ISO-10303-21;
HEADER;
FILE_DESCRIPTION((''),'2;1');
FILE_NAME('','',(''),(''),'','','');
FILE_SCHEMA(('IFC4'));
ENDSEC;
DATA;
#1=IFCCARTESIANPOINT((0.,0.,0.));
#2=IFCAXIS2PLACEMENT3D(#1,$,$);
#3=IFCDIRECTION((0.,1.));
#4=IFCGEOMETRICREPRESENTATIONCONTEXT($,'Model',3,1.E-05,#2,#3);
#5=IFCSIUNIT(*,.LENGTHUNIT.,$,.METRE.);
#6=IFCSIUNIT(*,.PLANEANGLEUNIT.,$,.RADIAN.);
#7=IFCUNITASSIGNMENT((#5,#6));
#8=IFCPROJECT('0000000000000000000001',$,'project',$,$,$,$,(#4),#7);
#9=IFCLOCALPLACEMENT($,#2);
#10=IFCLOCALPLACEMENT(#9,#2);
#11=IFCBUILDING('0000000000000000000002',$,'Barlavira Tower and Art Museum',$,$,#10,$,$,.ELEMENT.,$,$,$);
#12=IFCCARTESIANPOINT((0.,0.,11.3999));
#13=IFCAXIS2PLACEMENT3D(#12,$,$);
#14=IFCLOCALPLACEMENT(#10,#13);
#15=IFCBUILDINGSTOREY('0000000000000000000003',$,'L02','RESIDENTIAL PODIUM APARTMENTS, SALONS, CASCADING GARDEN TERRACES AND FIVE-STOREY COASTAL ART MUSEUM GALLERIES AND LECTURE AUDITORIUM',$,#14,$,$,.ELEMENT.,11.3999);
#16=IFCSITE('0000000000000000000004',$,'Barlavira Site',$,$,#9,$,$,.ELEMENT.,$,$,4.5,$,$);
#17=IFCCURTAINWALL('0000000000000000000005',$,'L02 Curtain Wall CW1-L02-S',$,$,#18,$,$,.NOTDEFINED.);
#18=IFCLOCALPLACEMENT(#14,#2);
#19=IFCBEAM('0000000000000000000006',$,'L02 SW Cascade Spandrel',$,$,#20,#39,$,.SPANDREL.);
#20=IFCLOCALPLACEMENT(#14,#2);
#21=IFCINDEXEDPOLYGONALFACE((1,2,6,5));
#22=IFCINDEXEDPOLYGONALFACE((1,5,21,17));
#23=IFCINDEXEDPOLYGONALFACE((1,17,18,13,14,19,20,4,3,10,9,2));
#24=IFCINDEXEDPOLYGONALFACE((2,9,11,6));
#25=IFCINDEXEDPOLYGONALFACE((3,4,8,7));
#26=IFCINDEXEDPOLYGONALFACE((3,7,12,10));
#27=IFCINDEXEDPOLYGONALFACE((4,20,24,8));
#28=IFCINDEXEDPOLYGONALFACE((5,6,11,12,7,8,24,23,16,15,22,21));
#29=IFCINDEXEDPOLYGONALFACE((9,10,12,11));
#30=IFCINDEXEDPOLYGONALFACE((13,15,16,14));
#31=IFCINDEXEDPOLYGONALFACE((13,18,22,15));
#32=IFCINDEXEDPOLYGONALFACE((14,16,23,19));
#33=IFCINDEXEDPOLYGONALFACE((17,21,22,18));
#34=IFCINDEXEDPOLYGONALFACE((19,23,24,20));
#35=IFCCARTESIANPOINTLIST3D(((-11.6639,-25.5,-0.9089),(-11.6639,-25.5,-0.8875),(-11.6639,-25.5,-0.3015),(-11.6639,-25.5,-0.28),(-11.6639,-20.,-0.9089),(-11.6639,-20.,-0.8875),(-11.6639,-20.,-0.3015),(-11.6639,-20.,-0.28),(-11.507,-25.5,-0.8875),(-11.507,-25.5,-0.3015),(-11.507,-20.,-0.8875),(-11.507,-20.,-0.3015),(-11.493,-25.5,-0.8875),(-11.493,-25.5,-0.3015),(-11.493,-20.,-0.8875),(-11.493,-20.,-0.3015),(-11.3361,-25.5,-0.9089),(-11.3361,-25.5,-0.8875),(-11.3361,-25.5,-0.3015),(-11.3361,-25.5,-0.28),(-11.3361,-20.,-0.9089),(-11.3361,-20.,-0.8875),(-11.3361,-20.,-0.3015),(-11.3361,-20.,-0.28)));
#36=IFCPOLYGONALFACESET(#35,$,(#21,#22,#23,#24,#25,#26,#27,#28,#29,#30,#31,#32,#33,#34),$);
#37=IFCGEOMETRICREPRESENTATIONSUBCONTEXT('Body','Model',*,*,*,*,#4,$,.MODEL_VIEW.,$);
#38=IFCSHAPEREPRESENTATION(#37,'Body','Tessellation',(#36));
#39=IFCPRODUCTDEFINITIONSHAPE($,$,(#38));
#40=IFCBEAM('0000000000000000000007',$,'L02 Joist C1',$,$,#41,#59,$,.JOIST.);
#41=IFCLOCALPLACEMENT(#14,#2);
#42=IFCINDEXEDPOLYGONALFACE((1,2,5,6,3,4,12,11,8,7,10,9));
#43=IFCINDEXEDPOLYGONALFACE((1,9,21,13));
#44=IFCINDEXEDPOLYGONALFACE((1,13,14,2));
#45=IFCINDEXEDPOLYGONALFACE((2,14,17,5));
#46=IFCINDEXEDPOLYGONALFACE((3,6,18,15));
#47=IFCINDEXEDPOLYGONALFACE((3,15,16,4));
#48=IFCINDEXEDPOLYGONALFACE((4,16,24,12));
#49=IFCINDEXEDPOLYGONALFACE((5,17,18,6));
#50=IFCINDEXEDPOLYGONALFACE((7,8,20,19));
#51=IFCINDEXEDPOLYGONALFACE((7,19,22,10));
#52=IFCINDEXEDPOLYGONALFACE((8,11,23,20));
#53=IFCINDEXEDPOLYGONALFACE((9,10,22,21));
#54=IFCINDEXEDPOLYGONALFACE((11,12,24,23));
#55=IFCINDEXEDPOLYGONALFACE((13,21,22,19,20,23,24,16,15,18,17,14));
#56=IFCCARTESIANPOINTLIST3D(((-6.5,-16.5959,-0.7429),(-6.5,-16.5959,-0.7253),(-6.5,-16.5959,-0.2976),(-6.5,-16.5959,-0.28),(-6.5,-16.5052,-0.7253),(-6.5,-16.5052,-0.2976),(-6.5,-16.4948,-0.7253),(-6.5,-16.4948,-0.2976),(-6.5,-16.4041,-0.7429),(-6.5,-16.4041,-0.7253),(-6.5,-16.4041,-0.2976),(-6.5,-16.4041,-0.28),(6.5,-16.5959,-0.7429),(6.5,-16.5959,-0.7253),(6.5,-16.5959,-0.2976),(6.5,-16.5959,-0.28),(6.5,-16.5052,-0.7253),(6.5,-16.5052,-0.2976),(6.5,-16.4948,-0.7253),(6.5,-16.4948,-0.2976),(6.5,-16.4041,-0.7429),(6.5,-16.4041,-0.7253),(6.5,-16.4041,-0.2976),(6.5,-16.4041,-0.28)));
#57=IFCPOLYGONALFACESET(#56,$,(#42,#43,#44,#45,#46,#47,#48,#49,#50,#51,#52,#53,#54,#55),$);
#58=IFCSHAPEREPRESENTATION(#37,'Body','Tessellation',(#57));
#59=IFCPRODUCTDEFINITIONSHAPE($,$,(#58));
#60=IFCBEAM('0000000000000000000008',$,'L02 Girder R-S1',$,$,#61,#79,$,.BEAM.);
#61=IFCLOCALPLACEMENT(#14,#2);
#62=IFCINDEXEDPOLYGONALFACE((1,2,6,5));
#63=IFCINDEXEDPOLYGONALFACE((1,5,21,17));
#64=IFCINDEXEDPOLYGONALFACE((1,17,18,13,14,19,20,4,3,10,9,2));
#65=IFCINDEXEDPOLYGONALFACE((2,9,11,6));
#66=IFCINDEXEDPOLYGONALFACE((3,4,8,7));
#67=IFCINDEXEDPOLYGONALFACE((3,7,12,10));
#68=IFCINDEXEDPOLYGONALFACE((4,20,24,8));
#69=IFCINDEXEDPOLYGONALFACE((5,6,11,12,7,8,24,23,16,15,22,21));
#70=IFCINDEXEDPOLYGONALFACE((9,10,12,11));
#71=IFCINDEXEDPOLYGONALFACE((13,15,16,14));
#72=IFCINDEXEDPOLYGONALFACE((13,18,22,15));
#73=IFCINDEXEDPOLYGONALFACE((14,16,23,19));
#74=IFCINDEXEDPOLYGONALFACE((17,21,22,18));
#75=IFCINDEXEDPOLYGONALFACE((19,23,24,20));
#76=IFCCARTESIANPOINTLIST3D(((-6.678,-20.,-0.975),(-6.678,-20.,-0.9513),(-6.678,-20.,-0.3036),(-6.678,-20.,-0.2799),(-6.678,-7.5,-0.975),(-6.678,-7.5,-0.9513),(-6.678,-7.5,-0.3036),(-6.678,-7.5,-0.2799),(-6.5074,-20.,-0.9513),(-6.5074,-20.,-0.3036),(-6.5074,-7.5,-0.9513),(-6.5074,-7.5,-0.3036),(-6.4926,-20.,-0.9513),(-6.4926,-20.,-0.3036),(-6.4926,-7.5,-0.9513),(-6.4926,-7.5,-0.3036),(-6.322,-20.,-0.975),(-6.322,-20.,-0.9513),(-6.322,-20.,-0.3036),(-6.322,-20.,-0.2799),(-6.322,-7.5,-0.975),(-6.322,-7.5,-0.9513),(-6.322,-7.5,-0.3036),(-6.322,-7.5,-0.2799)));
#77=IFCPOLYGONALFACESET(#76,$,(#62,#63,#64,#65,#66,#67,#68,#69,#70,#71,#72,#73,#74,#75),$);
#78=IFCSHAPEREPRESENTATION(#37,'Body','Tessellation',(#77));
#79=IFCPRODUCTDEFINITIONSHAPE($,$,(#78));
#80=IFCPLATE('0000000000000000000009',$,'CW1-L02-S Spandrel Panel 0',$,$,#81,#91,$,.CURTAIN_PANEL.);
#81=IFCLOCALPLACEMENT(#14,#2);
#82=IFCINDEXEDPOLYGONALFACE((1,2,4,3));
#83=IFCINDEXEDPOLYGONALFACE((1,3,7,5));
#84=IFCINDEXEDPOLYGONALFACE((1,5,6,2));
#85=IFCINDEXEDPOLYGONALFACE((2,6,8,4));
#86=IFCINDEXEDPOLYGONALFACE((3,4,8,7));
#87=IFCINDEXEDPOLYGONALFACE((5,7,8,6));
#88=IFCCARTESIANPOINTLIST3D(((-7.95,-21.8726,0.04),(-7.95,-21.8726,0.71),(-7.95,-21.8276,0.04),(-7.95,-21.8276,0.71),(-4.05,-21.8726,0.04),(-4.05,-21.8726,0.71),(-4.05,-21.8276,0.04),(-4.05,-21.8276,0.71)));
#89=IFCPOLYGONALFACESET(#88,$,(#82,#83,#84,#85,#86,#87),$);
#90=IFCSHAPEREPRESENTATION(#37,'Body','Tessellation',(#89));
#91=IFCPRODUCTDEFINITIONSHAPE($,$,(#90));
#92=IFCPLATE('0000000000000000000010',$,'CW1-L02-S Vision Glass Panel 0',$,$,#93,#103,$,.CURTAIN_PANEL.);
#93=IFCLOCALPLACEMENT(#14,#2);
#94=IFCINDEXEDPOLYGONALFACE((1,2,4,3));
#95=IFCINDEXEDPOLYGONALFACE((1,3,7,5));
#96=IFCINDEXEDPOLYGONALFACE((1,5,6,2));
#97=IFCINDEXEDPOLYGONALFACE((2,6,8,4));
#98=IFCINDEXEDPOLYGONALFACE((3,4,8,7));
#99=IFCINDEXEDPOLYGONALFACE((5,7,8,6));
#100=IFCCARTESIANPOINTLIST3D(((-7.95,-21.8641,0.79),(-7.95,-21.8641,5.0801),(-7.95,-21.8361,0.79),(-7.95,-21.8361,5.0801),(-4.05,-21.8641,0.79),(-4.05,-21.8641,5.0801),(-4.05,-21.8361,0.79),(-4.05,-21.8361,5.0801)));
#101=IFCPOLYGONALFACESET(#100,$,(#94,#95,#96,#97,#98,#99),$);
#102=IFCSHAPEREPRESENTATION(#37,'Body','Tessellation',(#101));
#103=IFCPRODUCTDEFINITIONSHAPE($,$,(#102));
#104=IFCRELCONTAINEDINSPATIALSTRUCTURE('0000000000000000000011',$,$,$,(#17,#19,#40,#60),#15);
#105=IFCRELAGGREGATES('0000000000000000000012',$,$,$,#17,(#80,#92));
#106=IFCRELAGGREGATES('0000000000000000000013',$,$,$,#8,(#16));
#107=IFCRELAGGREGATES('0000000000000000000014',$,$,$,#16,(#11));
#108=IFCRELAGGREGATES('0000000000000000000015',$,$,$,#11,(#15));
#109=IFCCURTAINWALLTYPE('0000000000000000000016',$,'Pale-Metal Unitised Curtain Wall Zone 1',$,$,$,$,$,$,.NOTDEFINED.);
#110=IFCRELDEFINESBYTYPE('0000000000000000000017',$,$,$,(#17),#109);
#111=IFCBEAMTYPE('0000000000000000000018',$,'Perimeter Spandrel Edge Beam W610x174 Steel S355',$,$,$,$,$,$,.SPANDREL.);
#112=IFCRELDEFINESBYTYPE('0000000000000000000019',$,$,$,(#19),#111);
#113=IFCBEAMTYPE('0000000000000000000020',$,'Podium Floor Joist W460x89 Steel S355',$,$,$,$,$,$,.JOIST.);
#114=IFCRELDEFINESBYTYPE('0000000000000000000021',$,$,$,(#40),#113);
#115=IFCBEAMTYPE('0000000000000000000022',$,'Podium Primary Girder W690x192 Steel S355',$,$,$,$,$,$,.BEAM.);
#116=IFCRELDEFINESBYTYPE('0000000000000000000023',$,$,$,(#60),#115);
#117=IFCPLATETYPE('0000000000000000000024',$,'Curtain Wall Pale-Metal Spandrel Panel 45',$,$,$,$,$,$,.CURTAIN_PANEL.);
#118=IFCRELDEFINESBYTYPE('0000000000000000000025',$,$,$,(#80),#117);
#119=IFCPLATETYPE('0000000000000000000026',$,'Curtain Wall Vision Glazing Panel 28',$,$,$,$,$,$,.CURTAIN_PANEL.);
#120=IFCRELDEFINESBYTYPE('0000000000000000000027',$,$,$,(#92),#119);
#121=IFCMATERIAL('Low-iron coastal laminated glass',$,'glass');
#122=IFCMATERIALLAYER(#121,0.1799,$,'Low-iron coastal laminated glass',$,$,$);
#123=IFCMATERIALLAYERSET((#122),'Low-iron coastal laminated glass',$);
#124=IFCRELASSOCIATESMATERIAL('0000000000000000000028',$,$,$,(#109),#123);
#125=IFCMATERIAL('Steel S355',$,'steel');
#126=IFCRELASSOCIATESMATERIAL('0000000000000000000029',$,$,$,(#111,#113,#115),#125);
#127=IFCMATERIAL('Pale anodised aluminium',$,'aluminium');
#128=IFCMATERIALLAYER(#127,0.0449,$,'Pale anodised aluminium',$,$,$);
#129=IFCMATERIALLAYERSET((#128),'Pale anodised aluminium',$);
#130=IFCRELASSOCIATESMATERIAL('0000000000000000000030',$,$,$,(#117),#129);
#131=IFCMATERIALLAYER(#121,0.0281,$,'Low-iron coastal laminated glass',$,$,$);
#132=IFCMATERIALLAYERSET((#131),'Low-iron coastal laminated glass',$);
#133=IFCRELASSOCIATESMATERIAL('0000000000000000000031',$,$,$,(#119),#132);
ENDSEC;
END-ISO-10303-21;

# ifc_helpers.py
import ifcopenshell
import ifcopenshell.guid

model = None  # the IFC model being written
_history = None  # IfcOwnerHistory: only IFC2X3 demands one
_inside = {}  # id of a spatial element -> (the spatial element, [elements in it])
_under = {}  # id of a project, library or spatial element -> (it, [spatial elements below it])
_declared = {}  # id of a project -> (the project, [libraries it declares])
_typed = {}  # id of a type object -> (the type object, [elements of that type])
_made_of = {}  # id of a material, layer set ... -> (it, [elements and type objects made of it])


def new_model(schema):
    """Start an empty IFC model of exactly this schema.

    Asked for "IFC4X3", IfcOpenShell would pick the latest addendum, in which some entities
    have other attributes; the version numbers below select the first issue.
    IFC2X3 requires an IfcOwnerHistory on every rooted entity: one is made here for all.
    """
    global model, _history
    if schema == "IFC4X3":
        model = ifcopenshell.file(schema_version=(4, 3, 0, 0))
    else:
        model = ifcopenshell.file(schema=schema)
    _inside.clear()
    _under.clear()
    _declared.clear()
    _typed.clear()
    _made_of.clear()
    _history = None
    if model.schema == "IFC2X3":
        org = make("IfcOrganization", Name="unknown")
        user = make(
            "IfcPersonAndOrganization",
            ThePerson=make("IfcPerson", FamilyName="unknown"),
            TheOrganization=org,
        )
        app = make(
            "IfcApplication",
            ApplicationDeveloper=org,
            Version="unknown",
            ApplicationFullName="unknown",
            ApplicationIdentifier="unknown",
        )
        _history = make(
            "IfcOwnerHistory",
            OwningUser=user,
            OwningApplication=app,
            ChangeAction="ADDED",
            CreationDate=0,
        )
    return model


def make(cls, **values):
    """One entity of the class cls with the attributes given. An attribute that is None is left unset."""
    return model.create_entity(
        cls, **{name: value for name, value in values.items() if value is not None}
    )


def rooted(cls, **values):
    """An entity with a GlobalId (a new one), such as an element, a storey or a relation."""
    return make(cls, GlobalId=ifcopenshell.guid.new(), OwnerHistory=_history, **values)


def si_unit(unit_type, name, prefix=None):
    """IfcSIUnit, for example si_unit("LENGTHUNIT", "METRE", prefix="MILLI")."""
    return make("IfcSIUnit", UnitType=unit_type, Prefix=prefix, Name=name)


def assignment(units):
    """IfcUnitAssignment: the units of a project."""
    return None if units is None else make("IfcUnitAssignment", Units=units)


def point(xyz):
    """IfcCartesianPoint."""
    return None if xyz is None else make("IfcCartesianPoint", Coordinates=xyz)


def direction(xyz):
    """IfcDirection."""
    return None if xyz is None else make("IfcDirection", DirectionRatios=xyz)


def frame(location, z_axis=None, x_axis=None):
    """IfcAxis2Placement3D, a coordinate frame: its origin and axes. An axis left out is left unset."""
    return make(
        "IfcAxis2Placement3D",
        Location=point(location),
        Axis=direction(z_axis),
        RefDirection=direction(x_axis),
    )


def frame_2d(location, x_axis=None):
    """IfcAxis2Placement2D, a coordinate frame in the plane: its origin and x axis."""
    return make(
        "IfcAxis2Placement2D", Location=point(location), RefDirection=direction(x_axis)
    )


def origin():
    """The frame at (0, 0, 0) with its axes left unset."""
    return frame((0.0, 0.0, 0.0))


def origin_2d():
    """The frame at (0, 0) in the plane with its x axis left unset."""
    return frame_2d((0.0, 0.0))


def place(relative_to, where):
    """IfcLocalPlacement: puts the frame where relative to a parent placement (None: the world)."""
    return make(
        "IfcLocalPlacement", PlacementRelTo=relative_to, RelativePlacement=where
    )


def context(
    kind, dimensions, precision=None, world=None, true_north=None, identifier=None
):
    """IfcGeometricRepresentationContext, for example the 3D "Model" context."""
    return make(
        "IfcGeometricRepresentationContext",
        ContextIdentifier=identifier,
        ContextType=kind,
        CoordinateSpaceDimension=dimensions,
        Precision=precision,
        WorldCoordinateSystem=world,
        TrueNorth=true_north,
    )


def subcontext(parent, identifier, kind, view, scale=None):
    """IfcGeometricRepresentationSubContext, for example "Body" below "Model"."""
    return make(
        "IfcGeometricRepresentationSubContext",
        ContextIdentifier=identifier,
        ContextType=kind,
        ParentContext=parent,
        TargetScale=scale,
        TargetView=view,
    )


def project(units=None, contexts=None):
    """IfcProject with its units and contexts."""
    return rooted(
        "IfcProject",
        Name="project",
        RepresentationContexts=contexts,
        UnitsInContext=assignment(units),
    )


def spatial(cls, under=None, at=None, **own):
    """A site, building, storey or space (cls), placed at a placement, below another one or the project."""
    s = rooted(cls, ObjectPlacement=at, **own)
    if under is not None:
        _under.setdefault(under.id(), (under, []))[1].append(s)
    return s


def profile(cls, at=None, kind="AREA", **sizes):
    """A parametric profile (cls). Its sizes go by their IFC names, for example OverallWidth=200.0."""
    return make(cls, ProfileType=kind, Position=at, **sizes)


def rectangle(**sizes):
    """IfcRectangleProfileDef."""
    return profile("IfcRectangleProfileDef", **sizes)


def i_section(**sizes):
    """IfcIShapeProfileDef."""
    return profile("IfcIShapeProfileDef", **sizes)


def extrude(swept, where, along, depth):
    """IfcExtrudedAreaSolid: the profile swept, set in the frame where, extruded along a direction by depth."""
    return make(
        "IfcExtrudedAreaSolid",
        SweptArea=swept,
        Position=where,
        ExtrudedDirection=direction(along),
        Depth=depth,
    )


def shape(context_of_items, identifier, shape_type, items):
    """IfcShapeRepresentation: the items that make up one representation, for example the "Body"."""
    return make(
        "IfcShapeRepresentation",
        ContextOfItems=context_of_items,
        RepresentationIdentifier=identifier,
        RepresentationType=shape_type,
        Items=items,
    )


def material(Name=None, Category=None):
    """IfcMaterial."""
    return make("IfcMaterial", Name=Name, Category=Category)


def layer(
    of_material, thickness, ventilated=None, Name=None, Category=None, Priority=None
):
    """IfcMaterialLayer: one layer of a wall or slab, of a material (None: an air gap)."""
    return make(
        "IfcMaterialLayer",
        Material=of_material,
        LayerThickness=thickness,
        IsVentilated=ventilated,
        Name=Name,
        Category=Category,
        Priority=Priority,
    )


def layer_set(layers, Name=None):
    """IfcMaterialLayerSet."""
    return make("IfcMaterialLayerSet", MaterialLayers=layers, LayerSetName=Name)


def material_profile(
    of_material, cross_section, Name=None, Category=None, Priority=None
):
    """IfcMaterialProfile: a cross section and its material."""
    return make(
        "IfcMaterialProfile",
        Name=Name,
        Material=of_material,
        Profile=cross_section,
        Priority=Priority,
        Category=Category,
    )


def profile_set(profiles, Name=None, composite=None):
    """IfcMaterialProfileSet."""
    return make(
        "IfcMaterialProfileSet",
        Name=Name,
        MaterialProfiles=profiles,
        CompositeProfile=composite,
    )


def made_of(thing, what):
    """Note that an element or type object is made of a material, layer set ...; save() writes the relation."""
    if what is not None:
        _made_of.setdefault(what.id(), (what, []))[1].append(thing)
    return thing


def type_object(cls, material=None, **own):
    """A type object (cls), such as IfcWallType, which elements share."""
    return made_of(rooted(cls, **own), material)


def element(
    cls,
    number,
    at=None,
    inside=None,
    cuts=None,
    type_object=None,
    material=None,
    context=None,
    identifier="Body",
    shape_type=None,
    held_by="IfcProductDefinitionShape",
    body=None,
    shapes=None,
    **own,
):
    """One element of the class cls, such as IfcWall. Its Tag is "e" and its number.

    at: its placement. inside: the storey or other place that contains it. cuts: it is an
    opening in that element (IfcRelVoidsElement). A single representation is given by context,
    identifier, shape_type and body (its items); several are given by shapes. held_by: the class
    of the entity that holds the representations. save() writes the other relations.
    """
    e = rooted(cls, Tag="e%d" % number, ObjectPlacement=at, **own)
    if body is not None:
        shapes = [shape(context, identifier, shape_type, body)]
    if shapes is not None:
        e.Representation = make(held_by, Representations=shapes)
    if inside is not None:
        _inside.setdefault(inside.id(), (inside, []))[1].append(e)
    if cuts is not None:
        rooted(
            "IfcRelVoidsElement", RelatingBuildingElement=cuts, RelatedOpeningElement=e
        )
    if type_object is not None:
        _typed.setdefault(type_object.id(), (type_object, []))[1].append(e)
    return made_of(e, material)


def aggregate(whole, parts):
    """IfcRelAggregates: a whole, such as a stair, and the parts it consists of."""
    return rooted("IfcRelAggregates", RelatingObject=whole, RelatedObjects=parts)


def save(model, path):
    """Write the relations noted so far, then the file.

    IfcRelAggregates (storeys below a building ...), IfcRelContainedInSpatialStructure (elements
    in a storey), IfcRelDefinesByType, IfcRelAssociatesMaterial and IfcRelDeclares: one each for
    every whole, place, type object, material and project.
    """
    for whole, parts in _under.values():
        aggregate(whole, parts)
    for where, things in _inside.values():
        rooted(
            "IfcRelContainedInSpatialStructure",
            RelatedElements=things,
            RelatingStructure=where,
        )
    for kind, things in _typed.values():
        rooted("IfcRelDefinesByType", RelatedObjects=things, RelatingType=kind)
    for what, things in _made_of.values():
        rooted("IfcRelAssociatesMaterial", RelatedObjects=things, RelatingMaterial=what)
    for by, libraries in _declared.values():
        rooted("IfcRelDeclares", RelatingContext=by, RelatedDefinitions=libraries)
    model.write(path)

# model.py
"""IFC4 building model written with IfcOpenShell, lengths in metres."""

from ifc_helpers import new_model, si_unit, direction, frame, origin, origin_2d, place, context, subcontext, project, spatial, rectangle, i_section, extrude, material, layer, layer_set, material_profile, profile_set, type_object, element, aggregate, save


model = new_model("IFC4")

# Units and contexts
model_context = context("Model", 3, precision=1e-05, world=origin(), true_north=direction((0.0, 1.0)))
body_context = subcontext(model_context, "Body", "Model", "MODEL_VIEW")
ifc_project = project(units=[si_unit("LENGTHUNIT", "METRE"), si_unit("PLANEANGLEUNIT", "RADIAN")], contexts=[model_context])

# Site, building, storey
site_placement = place(None, origin())
site = spatial("IfcSite", under=ifc_project, at=site_placement, Name="Barlavira Site", CompositionType="ELEMENT", RefElevation=4.5)
building_placement = place(site_placement, origin())
building = spatial("IfcBuilding", under=site, at=building_placement, Name="Barlavira Tower and Art Museum", CompositionType="ELEMENT")
storey_placement = place(building_placement, frame((0.0, 0.0, 11.3999)))
storey = spatial("IfcBuildingStorey", under=building, at=storey_placement, Name="L02", Description="RESIDENTIAL PODIUM APARTMENTS, SALONS, CASCADING GARDEN TERRACES AND FIVE-STOREY COASTAL ART MUSEUM GALLERIES AND LECTURE AUDITORIUM", CompositionType="ELEMENT", Elevation=11.3999)

# Curtain wall
ifc_material_1 = material(Name="Low-iron coastal laminated glass", Category="glass")
ifc_layer_1 = layer(ifc_material_1, 0.1799, Name="Low-iron coastal laminated glass")
ifc_layer_set_1 = layer_set([ifc_layer_1], Name="Low-iron coastal laminated glass")
curtain_wall_type = type_object("IfcCurtainWallType", Name="Pale-Metal Unitised Curtain Wall Zone 1", PredefinedType="NOTDEFINED", material=ifc_layer_set_1)
curtain_wall_placement = place(storey_placement, origin())
curtain_wall = element("IfcCurtainWall", 1, at=curtain_wall_placement, inside=storey, type_object=curtain_wall_type, Name="L02 Curtain Wall CW1-L02-S", PredefinedType="NOTDEFINED")
ifc_material_2 = material(Name="Pale anodised aluminium", Category="aluminium")

# Beams
ifc_material_3 = material(Name="Steel S355", Category="steel")
ifc_material_profile_1 = material_profile(ifc_material_3, i_section(OverallWidth=0.3279, OverallDepth=0.6289, WebThickness=0.0139, FlangeThickness=0.0215, at=origin_2d()), Name="W610x174.0")
ifc_profile_set_1 = profile_set([ifc_material_profile_1], Name="Steel S355")
beam_type_1 = type_object("IfcBeamType", Name="Perimeter Spandrel Edge Beam W610x174 Steel S355", PredefinedType="SPANDREL", material=ifc_profile_set_1)
beam_1_placement = place(storey_placement, frame((-11.5, -25.5, -0.5945), z_axis=(0.0, 1.0, 0.0), x_axis=(-1.0, 0.0, 0.0)))
element("IfcBeam", 2, at=beam_1_placement, inside=storey, type_object=beam_type_1, Name="L02 SW Cascade Spandrel", PredefinedType="SPANDREL", context=body_context, shape_type="SweptSolid", body=[
    extrude(i_section(OverallWidth=0.3279, OverallDepth=0.6289, WebThickness=0.0139, FlangeThickness=0.0215, at=origin_2d()), origin(), (0.0, 0.0, 1.0), 5.5),
])
ifc_material_profile_2 = material_profile(ifc_material_3, i_section(OverallWidth=0.1919, OverallDepth=0.4629, WebThickness=0.0105, FlangeThickness=0.0176, at=origin_2d()), Name="W460x89.0")
ifc_profile_set_2 = profile_set([ifc_material_profile_2], Name="Steel S355")
beam_type_2 = type_object("IfcBeamType", Name="Podium Floor Joist W460x89 Steel S355", PredefinedType="JOIST", material=ifc_profile_set_2)
beam_2_placement = place(storey_placement, frame((-6.5, -16.5, -0.5115), z_axis=(1.0, 0.0, 0.0), x_axis=(0.0, 1.0, 0.0)))
element("IfcBeam", 3, at=beam_2_placement, inside=storey, type_object=beam_type_2, Name="L02 Joist C1", PredefinedType="JOIST", context=body_context, shape_type="SweptSolid", body=[
    extrude(i_section(OverallWidth=0.1919, OverallDepth=0.4629, WebThickness=0.0105, FlangeThickness=0.0176, at=origin_2d()), origin(), (0.0, 0.0, 1.0), 13.0),
])
ifc_material_profile_3 = material_profile(ifc_material_3, i_section(OverallWidth=0.356, OverallDepth=0.6951, WebThickness=0.0149, FlangeThickness=0.0237, at=origin_2d()), Name="W690x192.0")
ifc_profile_set_3 = profile_set([ifc_material_profile_3], Name="Steel S355")
beam_type_3 = type_object("IfcBeamType", Name="Podium Primary Girder W690x192 Steel S355", PredefinedType="BEAM", material=ifc_profile_set_3)
beam_3_placement = place(storey_placement, frame((-6.5, -20.0, -0.6274), z_axis=(0.0, 1.0, 0.0), x_axis=(-1.0, 0.0, 0.0)))
element("IfcBeam", 4, at=beam_3_placement, inside=storey, type_object=beam_type_3, Name="L02 Girder R-S1", PredefinedType="BEAM", context=body_context, shape_type="SweptSolid", body=[
    extrude(i_section(OverallWidth=0.356, OverallDepth=0.6951, WebThickness=0.0149, FlangeThickness=0.0237, at=origin_2d()), origin(), (0.0, 0.0, 1.0), 12.5),
])

# Plates
ifc_layer_2 = layer(ifc_material_2, 0.0449, Name="Pale anodised aluminium")
ifc_layer_set_2 = layer_set([ifc_layer_2], Name="Pale anodised aluminium")
plate_type_1 = type_object("IfcPlateType", Name="Curtain Wall Pale-Metal Spandrel Panel 45", PredefinedType="CURTAIN_PANEL", material=ifc_layer_set_2)
plate_1_placement = place(storey_placement, frame((-6.0, -21.8501, 0.04), z_axis=(0.0, 0.0, 1.0), x_axis=(1.0, 0.0, 0.0)))
plate_1 = element("IfcPlate", 5, at=plate_1_placement, type_object=plate_type_1, Name="CW1-L02-S Spandrel Panel 0", PredefinedType="CURTAIN_PANEL", context=body_context, shape_type="SweptSolid", body=[
    extrude(rectangle(XDim=3.8999, YDim=0.0449, at=origin_2d()), origin(), (0.0, 0.0, 1.0), 0.6699),
])
ifc_layer_3 = layer(ifc_material_1, 0.0281, Name="Low-iron coastal laminated glass")
ifc_layer_set_3 = layer_set([ifc_layer_3], Name="Low-iron coastal laminated glass")
plate_type_2 = type_object("IfcPlateType", Name="Curtain Wall Vision Glazing Panel 28", PredefinedType="CURTAIN_PANEL", material=ifc_layer_set_3)
plate_2_placement = place(storey_placement, frame((-6.0, -21.8501, 0.79), z_axis=(0.0, 0.0, 1.0), x_axis=(1.0, 0.0, 0.0)))
plate_2 = element("IfcPlate", 6, at=plate_2_placement, type_object=plate_type_2, Name="CW1-L02-S Vision Glass Panel 0", PredefinedType="CURTAIN_PANEL", context=body_context, shape_type="SweptSolid", body=[
    extrude(rectangle(XDim=3.8999, YDim=0.0281, at=origin_2d()), origin(), (0.0, 0.0, 1.0), 4.29),
])
aggregate(curtain_wall, [plate_1, plate_2])

save(model, "model.ifc")
